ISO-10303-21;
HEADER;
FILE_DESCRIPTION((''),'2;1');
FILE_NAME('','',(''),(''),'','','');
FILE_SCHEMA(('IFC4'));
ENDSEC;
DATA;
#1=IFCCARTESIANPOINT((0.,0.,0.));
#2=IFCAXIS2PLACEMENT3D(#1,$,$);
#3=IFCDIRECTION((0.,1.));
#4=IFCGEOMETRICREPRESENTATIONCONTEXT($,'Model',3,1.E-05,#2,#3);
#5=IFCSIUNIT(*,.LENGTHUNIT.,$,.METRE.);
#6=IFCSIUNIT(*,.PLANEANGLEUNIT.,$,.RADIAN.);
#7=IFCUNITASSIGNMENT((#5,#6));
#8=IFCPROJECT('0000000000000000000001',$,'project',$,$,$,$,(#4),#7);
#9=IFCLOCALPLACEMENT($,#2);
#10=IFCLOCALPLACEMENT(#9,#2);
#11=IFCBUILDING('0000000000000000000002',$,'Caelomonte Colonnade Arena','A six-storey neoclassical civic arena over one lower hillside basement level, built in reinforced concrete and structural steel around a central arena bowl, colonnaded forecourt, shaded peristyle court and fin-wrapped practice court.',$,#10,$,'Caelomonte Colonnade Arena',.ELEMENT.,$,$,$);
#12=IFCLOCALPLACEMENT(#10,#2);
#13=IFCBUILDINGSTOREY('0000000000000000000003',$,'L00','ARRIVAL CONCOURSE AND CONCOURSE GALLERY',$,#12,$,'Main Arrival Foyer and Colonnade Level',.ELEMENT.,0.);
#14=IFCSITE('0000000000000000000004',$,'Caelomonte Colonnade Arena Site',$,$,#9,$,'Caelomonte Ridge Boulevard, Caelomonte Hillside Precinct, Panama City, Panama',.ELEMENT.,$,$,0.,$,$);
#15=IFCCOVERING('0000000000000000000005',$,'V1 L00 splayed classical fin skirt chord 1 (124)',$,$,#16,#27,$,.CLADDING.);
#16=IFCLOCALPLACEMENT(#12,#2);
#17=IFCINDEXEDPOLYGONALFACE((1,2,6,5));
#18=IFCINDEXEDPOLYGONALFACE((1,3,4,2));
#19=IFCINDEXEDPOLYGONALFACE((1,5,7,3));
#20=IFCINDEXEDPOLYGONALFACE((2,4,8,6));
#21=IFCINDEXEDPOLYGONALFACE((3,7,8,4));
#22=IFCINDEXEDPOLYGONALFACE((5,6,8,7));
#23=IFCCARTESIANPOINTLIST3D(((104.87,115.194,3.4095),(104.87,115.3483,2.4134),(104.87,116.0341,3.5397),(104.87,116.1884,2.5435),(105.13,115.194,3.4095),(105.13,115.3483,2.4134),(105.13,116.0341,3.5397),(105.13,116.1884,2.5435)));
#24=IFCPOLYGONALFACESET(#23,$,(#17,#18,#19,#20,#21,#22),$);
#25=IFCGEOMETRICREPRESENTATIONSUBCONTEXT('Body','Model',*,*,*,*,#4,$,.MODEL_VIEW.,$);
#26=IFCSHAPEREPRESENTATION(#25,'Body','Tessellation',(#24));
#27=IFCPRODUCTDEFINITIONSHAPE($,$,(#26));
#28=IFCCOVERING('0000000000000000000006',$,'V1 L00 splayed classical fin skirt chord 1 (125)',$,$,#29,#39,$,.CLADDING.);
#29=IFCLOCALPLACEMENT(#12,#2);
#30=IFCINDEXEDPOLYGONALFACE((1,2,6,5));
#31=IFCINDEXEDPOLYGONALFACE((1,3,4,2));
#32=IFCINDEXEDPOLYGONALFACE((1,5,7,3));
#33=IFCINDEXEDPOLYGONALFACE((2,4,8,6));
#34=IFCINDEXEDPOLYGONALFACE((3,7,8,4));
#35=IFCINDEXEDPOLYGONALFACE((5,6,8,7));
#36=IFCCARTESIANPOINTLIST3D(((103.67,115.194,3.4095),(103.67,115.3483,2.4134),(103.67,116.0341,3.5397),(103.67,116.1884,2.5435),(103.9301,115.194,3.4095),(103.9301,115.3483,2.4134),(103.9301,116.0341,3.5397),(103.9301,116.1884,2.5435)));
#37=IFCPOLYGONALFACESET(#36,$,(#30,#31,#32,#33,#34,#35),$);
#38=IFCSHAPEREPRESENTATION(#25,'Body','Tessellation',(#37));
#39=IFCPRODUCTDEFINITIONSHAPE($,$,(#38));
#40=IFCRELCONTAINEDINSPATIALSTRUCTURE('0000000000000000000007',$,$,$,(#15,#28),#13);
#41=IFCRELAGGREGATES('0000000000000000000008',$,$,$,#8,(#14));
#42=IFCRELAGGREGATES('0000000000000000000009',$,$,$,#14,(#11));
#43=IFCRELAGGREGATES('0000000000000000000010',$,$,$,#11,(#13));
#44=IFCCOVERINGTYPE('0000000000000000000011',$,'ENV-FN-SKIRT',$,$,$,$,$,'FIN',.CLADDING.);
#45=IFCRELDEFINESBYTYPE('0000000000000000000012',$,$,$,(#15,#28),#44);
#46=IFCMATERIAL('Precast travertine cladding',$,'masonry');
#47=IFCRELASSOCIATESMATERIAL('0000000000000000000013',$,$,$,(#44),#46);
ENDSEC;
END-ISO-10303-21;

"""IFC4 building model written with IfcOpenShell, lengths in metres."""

from ifc_helpers import new_model, si_unit, direction, frame, origin, origin_2d, place, context, subcontext, project, spatial, rectangle, extrude, material, material_profile, profile_set, type_object, element, save


model = new_model("IFC4")

# Units and contexts
model_context = context("Model", 3, precision=1e-05, world=origin(), true_north=direction((0.0, 1.0)))
body_context = subcontext(model_context, "Body", "Model", "MODEL_VIEW")
ifc_project = project(units=[si_unit("LENGTHUNIT", "METRE"), si_unit("PLANEANGLEUNIT", "RADIAN")], contexts=[model_context])

# Site, building, storey
site_placement = place(None, origin())
site = spatial("IfcSite", under=ifc_project, at=site_placement, Name="Caelomonte Colonnade Arena Site", LongName="Caelomonte Ridge Boulevard, Caelomonte Hillside Precinct, Panama City, Panama", CompositionType="ELEMENT", RefElevation=0.0)
building_placement = place(site_placement, origin())
building = spatial("IfcBuilding", under=site, at=building_placement, Name="Caelomonte Colonnade Arena", Description="A six-storey neoclassical civic arena over one lower hillside basement level, built in reinforced concrete and structural steel around a central arena bowl, colonnaded forecourt, shaded peristyle court and fin-wrapped practice court.", LongName="Caelomonte Colonnade Arena", CompositionType="ELEMENT")
storey_placement = place(building_placement, origin())
storey = spatial("IfcBuildingStorey", under=building, at=storey_placement, Name="L00", Description="ARRIVAL CONCOURSE AND CONCOURSE GALLERY", LongName="Main Arrival Foyer and Colonnade Level", CompositionType="ELEMENT", Elevation=0.0)

# Coverings
ifc_material_1 = material(Name="Precast travertine cladding", Category="masonry")
ifc_material_profile_1 = material_profile(ifc_material_1, rectangle(XDim=0.26, YDim=0.8501, at=origin_2d()), Name="FIN260X850")
ifc_profile_set_1 = profile_set([ifc_material_profile_1], Name="Precast travertine cladding")
covering_type = type_object("IfcCoveringType", Name="ENV-FN-SKIRT", ElementType="FIN", PredefinedType="CLADDING", material=ifc_profile_set_1)
for number, where, z_axis, x_axis, name in (
    (1, (105.0, 115.614, 3.4746), (0.0, 0.153076, -0.988214), (-1.0, 0.0, 0.0), "V1 L00 splayed classical fin skirt chord 1 (124)"),
    (2, (103.8, 115.614, 3.4746), (0.0, 0.153076, -0.988214), (-1.0, 0.0, 0.0), "V1 L00 splayed classical fin skirt chord 1 (125)"),
):
    element("IfcCovering", number, at=place(storey_placement, frame(where, z_axis=z_axis, x_axis=x_axis)), inside=storey, type_object=covering_type, Name=name, PredefinedType="CLADDING", context=body_context, shape_type="SweptSolid", body=[
        extrude(rectangle(XDim=0.26, YDim=0.8501, at=origin_2d()), origin(), (0.0, 0.0, 1.0), 1.0081),
    ])

save(model, "model.ifc")
